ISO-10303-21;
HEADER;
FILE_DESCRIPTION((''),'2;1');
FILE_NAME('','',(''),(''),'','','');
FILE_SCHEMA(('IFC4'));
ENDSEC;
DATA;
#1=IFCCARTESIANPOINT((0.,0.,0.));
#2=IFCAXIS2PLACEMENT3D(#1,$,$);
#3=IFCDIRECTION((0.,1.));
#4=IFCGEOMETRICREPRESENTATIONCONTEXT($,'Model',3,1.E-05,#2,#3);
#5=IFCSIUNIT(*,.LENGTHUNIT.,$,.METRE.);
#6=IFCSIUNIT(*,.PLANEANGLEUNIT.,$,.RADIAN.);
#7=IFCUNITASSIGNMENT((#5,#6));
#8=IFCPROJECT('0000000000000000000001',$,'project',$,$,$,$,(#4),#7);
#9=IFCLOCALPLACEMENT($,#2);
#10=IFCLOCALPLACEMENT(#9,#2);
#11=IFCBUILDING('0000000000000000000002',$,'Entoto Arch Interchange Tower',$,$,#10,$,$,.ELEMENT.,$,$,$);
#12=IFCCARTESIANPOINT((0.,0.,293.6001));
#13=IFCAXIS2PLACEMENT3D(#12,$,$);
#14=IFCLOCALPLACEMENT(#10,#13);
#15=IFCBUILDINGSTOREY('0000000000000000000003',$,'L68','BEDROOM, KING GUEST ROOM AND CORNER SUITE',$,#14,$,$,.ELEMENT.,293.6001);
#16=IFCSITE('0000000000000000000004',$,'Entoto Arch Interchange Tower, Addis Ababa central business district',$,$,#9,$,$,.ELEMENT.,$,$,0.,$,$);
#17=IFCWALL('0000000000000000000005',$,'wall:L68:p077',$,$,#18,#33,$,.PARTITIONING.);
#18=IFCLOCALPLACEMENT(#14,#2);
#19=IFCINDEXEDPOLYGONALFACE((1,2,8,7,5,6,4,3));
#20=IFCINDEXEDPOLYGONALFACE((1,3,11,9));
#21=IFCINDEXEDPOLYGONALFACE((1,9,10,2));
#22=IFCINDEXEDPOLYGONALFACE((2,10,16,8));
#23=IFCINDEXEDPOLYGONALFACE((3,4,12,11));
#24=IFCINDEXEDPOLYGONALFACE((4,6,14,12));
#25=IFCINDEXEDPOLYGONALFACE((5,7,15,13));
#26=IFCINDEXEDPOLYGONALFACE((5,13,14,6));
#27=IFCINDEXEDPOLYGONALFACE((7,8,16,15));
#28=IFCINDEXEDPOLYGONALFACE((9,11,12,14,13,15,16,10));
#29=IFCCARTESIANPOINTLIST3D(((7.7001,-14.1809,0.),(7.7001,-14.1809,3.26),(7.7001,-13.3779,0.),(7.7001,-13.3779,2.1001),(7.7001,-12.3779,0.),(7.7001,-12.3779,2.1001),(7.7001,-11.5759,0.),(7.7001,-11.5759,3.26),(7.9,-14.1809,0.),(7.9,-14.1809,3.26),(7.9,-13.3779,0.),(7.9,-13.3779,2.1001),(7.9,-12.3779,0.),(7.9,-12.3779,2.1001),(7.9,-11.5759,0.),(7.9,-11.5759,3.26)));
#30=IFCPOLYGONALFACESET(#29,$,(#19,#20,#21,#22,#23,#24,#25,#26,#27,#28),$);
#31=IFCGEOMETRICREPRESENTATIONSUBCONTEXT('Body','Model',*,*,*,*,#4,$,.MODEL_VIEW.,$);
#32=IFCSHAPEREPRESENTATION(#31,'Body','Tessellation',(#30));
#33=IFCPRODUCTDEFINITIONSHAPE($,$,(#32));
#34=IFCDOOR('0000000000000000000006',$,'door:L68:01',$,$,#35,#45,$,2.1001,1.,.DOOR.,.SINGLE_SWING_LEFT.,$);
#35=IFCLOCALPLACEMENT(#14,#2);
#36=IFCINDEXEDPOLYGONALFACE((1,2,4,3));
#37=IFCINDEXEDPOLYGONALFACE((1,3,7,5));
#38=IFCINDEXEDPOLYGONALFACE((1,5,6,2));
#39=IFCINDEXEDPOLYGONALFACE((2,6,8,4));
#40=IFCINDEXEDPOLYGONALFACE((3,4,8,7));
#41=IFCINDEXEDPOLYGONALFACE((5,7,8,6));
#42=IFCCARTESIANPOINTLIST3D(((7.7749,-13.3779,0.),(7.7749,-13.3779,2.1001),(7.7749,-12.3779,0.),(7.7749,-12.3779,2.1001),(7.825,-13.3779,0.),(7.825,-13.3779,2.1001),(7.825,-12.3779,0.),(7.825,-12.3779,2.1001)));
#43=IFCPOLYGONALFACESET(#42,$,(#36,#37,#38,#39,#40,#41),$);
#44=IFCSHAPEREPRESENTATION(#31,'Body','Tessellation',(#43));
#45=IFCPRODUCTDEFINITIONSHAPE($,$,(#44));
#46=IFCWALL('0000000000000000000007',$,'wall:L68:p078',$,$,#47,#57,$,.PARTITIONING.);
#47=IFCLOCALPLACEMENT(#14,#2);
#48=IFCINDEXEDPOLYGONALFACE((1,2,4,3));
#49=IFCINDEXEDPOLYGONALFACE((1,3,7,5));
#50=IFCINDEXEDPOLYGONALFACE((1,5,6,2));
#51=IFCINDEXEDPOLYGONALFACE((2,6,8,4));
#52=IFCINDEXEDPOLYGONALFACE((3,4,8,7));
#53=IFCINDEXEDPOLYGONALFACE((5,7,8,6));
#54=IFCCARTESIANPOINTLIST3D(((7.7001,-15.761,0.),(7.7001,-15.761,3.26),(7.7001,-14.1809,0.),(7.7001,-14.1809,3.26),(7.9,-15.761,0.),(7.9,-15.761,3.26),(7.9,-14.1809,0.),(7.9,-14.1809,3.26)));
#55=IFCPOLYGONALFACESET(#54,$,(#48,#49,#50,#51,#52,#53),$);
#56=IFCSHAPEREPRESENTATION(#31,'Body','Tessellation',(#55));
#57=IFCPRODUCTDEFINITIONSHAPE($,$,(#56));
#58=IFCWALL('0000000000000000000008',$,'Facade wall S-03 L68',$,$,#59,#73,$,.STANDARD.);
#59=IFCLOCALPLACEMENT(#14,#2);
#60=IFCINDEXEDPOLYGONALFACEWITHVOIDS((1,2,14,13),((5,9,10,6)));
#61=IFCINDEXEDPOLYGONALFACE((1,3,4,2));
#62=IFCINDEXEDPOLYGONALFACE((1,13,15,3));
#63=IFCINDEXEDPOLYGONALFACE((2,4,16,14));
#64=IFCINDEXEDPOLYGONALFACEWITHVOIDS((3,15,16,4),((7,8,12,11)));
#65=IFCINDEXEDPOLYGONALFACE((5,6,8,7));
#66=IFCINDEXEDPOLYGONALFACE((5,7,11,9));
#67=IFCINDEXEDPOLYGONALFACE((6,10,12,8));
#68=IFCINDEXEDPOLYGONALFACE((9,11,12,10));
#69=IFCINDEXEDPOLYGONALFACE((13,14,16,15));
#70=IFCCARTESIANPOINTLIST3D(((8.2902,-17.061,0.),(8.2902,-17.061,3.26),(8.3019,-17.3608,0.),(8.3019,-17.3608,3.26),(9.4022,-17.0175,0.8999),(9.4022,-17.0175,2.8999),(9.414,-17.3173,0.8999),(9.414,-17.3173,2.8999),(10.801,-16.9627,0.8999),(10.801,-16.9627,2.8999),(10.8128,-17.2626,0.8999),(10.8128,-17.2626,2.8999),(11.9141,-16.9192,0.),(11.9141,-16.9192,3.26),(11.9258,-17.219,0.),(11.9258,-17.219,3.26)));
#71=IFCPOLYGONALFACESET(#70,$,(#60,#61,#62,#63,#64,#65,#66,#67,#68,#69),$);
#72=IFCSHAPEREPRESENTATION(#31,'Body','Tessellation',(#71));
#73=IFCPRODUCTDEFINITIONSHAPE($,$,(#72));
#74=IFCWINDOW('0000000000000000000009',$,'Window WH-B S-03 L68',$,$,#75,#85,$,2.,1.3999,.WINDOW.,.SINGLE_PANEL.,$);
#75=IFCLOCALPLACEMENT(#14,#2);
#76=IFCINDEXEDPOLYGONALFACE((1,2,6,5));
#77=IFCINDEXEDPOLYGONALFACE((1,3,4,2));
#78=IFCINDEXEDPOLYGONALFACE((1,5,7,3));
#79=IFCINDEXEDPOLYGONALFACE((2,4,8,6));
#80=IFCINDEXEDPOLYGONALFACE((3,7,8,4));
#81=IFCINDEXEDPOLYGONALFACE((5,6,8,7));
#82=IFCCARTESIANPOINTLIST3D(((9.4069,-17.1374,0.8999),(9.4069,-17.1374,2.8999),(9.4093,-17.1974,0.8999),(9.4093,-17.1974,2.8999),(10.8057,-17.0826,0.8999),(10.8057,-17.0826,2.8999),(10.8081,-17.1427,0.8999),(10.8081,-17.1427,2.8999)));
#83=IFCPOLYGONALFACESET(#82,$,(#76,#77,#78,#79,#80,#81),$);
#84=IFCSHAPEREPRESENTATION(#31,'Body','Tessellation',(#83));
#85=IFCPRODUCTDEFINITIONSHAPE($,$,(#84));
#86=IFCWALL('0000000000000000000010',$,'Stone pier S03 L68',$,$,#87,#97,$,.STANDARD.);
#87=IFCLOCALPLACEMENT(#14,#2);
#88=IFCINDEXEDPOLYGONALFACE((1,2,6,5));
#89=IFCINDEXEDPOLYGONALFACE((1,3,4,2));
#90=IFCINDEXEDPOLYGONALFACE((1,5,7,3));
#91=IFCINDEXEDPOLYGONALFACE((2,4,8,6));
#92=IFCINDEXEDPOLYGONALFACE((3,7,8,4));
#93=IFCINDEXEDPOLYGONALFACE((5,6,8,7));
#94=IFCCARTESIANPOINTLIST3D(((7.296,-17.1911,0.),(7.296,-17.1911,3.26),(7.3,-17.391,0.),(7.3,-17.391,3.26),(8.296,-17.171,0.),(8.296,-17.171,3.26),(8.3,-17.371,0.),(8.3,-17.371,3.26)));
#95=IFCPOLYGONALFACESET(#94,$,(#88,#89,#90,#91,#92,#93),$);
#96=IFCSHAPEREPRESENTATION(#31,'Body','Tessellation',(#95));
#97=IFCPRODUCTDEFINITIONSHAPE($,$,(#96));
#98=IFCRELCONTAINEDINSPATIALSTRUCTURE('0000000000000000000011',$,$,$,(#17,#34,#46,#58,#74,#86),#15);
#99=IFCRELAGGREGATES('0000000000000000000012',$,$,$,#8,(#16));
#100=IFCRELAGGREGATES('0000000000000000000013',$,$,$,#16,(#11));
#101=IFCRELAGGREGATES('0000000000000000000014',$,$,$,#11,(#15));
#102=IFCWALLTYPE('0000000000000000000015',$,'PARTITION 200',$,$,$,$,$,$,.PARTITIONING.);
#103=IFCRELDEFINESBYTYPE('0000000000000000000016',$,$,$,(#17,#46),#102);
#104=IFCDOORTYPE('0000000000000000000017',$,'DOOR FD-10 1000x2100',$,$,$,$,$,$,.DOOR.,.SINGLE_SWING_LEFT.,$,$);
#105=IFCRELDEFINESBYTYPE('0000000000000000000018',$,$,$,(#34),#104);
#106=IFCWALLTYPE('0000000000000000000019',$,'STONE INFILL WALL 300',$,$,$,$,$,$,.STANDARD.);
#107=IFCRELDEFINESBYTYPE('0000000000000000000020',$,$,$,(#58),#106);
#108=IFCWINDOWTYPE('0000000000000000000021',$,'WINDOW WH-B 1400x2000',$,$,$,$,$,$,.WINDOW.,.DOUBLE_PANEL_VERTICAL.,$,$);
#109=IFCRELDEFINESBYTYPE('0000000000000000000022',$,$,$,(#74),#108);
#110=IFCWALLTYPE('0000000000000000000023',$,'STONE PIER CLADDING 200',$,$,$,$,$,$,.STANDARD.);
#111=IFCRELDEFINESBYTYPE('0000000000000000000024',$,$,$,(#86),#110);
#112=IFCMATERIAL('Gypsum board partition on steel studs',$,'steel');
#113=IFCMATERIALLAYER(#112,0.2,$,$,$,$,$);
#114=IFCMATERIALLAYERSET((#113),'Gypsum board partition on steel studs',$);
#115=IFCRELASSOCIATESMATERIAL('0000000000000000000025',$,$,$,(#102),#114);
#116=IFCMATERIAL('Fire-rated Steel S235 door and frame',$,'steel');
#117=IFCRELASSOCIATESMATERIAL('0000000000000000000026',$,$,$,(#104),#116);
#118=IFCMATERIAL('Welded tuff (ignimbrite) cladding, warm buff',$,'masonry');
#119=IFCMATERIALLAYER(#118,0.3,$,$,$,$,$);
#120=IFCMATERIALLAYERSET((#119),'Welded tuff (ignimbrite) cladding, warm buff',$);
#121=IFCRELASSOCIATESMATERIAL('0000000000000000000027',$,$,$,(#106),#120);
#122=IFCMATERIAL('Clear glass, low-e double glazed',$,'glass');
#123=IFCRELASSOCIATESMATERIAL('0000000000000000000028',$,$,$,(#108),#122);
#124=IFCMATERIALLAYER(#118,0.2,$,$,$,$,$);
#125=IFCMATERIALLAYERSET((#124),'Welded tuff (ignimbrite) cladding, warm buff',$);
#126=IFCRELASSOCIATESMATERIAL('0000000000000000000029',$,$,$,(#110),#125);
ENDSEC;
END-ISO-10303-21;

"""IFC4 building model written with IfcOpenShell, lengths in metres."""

from ifc_helpers import new_model, si_unit, direction, frame, frame_2d, origin, place, context, subcontext, project, spatial, rectangle, extrude, material, layer, layer_set, type_object, element, fill, save


model = new_model("IFC4")

# Units and contexts
model_context = context("Model", 3, precision=1e-05, world=origin(), true_north=direction((0.0, 1.0)))
body_context = subcontext(model_context, "Body", "Model", "MODEL_VIEW")
ifc_project = project(units=[si_unit("LENGTHUNIT", "METRE"), si_unit("PLANEANGLEUNIT", "RADIAN")], contexts=[model_context])

# Site, building, storey
site_placement = place(None, origin())
site = spatial("IfcSite", under=ifc_project, at=site_placement, Name="Entoto Arch Interchange Tower, Addis Ababa central business district", CompositionType="ELEMENT", RefElevation=0.0)
building_placement = place(site_placement, origin())
building = spatial("IfcBuilding", under=site, at=building_placement, Name="Entoto Arch Interchange Tower", CompositionType="ELEMENT")
storey_placement = place(building_placement, frame((0.0, 0.0, 293.6001)))
storey = spatial("IfcBuildingStorey", under=building, at=storey_placement, Name="L68", Description="BEDROOM, KING GUEST ROOM AND CORNER SUITE", CompositionType="ELEMENT", Elevation=293.6001)

# Shared definitions
ifc_material_1 = material(Name="Clear glass, low-e double glazed", Category="glass")

# Wall, opening, door
ifc_material_2 = material(Name="Gypsum board partition on steel studs", Category="steel")
ifc_layer_1 = layer(ifc_material_2, 0.2)
ifc_layer_set_1 = layer_set([ifc_layer_1], Name="Gypsum board partition on steel studs")
wall_type_1 = type_object("IfcWallType", Name="PARTITION 200", PredefinedType="PARTITIONING", material=ifc_layer_set_1)
wall_1_placement = place(storey_placement, frame((7.8, -11.5759, 0.0), z_axis=(0.0, 0.0, 1.0), x_axis=(0.0, -1.0, 0.0)))
wall_1 = element("IfcWall", 1, at=wall_1_placement, inside=storey, type_object=wall_type_1, Name="wall:L68:p077", PredefinedType="PARTITIONING", context=body_context, shape_type="SweptSolid", body=[
    extrude(rectangle(XDim=2.605, YDim=0.2, at=frame_2d((1.3025, 0.0))), origin(), (0.0, 0.0, 1.0), 3.26),
])
opening_1_placement = place(wall_1_placement, frame((0.802, 0.0, 0.0)))
opening_1 = element("IfcOpeningElement", 2, at=opening_1_placement, cuts=wall_1, PredefinedType="OPENING", context=body_context, shape_type="SweptSolid", body=[
    extrude(rectangle(XDim=1.0, YDim=2.1001, at=frame_2d((0.5, 1.05))), frame((0.0, 0.1099, 0.0), z_axis=(0.0, -1.0, 0.0), x_axis=(1.0, 0.0, 0.0)), (0.0, 0.0, 1.0), 0.22),
])
ifc_material_3 = material(Name="Fire-rated Steel S235 door and frame", Category="steel")
door_type = type_object("IfcDoorType", Name="DOOR FD-10 1000x2100", OperationType="SINGLE_SWING_LEFT", PredefinedType="DOOR", material=ifc_material_3)
door_placement = place(opening_1_placement, origin())
door = element("IfcDoor", 3, at=door_placement, inside=storey, type_object=door_type, Name="door:L68:01", OperationType="SINGLE_SWING_LEFT", OverallHeight=2.1001, OverallWidth=1.0, PredefinedType="DOOR", context=body_context, shape_type="SweptSolid", body=[
    extrude(rectangle(XDim=1.0, YDim=2.1001, at=frame_2d((0.5, 1.05))), frame((0.0, 0.0249, 0.0), z_axis=(0.0, -1.0, 0.0), x_axis=(1.0, 0.0, 0.0)), (0.0, 0.0, 1.0), 0.05),
])
fill(opening_1, door)

# Wall
wall_2_placement = place(storey_placement, frame((7.8, -14.1809, 0.0), z_axis=(0.0, 0.0, 1.0), x_axis=(0.0, -1.0, 0.0)))
element("IfcWall", 4, at=wall_2_placement, inside=storey, type_object=wall_type_1, Name="wall:L68:p078", PredefinedType="PARTITIONING", context=body_context, shape_type="SweptSolid", body=[
    extrude(rectangle(XDim=1.5801, YDim=0.2, at=frame_2d((0.79, 0.0))), origin(), (0.0, 0.0, 1.0), 3.26),
])

# Wall, opening, window
ifc_material_4 = material(Name="Welded tuff (ignimbrite) cladding, warm buff", Category="masonry")
ifc_layer_2 = layer(ifc_material_4, 0.3)
ifc_layer_set_2 = layer_set([ifc_layer_2], Name="Welded tuff (ignimbrite) cladding, warm buff")
wall_type_2 = type_object("IfcWallType", Name="STONE INFILL WALL 300", PredefinedType="STANDARD", material=ifc_layer_set_2)
wall_3_placement = place(storey_placement, frame((8.2959, -17.2109, 0.0), z_axis=(0.0, 0.0, 1.0), x_axis=(0.999235, 0.03911, 0.0)))
wall_3 = element("IfcWall", 5, at=wall_3_placement, inside=storey, type_object=wall_type_2, Name="Facade wall S-03 L68", PredefinedType="STANDARD", context=body_context, shape_type="SweptSolid", body=[
    extrude(rectangle(XDim=3.6267, YDim=0.3, at=frame_2d((1.8135, 0.0))), origin(), (0.0, 0.0, 1.0), 3.26),
])
opening_2_placement = place(wall_3_placement, frame((1.113, 0.0, 0.8999)))
opening_2 = element("IfcOpeningElement", 6, at=opening_2_placement, cuts=wall_3, PredefinedType="OPENING", context=body_context, shape_type="SweptSolid", body=[
    extrude(rectangle(XDim=1.3999, YDim=2.0, at=frame_2d((0.7, 1.0))), frame((0.0, 0.1602, 0.0), z_axis=(0.0, -1.0, 0.0), x_axis=(1.0, 0.0, 0.0)), (0.0, 0.0, 1.0), 0.3201),
])
window_type = type_object("IfcWindowType", Name="WINDOW WH-B 1400x2000", PartitioningType="DOUBLE_PANEL_VERTICAL", PredefinedType="WINDOW", material=ifc_material_1)
window_placement = place(opening_2_placement, origin())
window = element("IfcWindow", 7, at=window_placement, inside=storey, type_object=window_type, Name="Window WH-B S-03 L68", OverallHeight=2.0, OverallWidth=1.3999, PartitioningType="SINGLE_PANEL", PredefinedType="WINDOW", context=body_context, shape_type="SweptSolid", body=[
    extrude(rectangle(XDim=1.3999, YDim=2.0, at=frame_2d((0.7, 1.0))), frame((0.0, 0.03, 0.0), z_axis=(0.0, -1.0, 0.0), x_axis=(1.0, 0.0, 0.0)), (0.0, 0.0, 1.0), 0.0601),
])
fill(opening_2, window)

# Wall
ifc_layer_3 = layer(ifc_material_4, 0.2)
ifc_layer_set_3 = layer_set([ifc_layer_3], Name="Welded tuff (ignimbrite) cladding, warm buff")
wall_type_3 = type_object("IfcWallType", Name="STONE PIER CLADDING 200", PredefinedType="STANDARD", material=ifc_layer_set_3)
wall_4_placement = place(storey_placement, frame((7.2981, -17.291, 0.0), z_axis=(0.0, 0.0, 1.0), x_axis=(0.9998, 0.020016, 0.0)))
element("IfcWall", 8, at=wall_4_placement, inside=storey, type_object=wall_type_3, Name="Stone pier S03 L68", PredefinedType="STANDARD", context=body_context, shape_type="SweptSolid", body=[
    extrude(rectangle(XDim=1.0002, YDim=0.2, at=frame_2d((0.5, 0.0))), origin(), (0.0, 0.0, 1.0), 3.26),
])

save(model, "model.ifc")
